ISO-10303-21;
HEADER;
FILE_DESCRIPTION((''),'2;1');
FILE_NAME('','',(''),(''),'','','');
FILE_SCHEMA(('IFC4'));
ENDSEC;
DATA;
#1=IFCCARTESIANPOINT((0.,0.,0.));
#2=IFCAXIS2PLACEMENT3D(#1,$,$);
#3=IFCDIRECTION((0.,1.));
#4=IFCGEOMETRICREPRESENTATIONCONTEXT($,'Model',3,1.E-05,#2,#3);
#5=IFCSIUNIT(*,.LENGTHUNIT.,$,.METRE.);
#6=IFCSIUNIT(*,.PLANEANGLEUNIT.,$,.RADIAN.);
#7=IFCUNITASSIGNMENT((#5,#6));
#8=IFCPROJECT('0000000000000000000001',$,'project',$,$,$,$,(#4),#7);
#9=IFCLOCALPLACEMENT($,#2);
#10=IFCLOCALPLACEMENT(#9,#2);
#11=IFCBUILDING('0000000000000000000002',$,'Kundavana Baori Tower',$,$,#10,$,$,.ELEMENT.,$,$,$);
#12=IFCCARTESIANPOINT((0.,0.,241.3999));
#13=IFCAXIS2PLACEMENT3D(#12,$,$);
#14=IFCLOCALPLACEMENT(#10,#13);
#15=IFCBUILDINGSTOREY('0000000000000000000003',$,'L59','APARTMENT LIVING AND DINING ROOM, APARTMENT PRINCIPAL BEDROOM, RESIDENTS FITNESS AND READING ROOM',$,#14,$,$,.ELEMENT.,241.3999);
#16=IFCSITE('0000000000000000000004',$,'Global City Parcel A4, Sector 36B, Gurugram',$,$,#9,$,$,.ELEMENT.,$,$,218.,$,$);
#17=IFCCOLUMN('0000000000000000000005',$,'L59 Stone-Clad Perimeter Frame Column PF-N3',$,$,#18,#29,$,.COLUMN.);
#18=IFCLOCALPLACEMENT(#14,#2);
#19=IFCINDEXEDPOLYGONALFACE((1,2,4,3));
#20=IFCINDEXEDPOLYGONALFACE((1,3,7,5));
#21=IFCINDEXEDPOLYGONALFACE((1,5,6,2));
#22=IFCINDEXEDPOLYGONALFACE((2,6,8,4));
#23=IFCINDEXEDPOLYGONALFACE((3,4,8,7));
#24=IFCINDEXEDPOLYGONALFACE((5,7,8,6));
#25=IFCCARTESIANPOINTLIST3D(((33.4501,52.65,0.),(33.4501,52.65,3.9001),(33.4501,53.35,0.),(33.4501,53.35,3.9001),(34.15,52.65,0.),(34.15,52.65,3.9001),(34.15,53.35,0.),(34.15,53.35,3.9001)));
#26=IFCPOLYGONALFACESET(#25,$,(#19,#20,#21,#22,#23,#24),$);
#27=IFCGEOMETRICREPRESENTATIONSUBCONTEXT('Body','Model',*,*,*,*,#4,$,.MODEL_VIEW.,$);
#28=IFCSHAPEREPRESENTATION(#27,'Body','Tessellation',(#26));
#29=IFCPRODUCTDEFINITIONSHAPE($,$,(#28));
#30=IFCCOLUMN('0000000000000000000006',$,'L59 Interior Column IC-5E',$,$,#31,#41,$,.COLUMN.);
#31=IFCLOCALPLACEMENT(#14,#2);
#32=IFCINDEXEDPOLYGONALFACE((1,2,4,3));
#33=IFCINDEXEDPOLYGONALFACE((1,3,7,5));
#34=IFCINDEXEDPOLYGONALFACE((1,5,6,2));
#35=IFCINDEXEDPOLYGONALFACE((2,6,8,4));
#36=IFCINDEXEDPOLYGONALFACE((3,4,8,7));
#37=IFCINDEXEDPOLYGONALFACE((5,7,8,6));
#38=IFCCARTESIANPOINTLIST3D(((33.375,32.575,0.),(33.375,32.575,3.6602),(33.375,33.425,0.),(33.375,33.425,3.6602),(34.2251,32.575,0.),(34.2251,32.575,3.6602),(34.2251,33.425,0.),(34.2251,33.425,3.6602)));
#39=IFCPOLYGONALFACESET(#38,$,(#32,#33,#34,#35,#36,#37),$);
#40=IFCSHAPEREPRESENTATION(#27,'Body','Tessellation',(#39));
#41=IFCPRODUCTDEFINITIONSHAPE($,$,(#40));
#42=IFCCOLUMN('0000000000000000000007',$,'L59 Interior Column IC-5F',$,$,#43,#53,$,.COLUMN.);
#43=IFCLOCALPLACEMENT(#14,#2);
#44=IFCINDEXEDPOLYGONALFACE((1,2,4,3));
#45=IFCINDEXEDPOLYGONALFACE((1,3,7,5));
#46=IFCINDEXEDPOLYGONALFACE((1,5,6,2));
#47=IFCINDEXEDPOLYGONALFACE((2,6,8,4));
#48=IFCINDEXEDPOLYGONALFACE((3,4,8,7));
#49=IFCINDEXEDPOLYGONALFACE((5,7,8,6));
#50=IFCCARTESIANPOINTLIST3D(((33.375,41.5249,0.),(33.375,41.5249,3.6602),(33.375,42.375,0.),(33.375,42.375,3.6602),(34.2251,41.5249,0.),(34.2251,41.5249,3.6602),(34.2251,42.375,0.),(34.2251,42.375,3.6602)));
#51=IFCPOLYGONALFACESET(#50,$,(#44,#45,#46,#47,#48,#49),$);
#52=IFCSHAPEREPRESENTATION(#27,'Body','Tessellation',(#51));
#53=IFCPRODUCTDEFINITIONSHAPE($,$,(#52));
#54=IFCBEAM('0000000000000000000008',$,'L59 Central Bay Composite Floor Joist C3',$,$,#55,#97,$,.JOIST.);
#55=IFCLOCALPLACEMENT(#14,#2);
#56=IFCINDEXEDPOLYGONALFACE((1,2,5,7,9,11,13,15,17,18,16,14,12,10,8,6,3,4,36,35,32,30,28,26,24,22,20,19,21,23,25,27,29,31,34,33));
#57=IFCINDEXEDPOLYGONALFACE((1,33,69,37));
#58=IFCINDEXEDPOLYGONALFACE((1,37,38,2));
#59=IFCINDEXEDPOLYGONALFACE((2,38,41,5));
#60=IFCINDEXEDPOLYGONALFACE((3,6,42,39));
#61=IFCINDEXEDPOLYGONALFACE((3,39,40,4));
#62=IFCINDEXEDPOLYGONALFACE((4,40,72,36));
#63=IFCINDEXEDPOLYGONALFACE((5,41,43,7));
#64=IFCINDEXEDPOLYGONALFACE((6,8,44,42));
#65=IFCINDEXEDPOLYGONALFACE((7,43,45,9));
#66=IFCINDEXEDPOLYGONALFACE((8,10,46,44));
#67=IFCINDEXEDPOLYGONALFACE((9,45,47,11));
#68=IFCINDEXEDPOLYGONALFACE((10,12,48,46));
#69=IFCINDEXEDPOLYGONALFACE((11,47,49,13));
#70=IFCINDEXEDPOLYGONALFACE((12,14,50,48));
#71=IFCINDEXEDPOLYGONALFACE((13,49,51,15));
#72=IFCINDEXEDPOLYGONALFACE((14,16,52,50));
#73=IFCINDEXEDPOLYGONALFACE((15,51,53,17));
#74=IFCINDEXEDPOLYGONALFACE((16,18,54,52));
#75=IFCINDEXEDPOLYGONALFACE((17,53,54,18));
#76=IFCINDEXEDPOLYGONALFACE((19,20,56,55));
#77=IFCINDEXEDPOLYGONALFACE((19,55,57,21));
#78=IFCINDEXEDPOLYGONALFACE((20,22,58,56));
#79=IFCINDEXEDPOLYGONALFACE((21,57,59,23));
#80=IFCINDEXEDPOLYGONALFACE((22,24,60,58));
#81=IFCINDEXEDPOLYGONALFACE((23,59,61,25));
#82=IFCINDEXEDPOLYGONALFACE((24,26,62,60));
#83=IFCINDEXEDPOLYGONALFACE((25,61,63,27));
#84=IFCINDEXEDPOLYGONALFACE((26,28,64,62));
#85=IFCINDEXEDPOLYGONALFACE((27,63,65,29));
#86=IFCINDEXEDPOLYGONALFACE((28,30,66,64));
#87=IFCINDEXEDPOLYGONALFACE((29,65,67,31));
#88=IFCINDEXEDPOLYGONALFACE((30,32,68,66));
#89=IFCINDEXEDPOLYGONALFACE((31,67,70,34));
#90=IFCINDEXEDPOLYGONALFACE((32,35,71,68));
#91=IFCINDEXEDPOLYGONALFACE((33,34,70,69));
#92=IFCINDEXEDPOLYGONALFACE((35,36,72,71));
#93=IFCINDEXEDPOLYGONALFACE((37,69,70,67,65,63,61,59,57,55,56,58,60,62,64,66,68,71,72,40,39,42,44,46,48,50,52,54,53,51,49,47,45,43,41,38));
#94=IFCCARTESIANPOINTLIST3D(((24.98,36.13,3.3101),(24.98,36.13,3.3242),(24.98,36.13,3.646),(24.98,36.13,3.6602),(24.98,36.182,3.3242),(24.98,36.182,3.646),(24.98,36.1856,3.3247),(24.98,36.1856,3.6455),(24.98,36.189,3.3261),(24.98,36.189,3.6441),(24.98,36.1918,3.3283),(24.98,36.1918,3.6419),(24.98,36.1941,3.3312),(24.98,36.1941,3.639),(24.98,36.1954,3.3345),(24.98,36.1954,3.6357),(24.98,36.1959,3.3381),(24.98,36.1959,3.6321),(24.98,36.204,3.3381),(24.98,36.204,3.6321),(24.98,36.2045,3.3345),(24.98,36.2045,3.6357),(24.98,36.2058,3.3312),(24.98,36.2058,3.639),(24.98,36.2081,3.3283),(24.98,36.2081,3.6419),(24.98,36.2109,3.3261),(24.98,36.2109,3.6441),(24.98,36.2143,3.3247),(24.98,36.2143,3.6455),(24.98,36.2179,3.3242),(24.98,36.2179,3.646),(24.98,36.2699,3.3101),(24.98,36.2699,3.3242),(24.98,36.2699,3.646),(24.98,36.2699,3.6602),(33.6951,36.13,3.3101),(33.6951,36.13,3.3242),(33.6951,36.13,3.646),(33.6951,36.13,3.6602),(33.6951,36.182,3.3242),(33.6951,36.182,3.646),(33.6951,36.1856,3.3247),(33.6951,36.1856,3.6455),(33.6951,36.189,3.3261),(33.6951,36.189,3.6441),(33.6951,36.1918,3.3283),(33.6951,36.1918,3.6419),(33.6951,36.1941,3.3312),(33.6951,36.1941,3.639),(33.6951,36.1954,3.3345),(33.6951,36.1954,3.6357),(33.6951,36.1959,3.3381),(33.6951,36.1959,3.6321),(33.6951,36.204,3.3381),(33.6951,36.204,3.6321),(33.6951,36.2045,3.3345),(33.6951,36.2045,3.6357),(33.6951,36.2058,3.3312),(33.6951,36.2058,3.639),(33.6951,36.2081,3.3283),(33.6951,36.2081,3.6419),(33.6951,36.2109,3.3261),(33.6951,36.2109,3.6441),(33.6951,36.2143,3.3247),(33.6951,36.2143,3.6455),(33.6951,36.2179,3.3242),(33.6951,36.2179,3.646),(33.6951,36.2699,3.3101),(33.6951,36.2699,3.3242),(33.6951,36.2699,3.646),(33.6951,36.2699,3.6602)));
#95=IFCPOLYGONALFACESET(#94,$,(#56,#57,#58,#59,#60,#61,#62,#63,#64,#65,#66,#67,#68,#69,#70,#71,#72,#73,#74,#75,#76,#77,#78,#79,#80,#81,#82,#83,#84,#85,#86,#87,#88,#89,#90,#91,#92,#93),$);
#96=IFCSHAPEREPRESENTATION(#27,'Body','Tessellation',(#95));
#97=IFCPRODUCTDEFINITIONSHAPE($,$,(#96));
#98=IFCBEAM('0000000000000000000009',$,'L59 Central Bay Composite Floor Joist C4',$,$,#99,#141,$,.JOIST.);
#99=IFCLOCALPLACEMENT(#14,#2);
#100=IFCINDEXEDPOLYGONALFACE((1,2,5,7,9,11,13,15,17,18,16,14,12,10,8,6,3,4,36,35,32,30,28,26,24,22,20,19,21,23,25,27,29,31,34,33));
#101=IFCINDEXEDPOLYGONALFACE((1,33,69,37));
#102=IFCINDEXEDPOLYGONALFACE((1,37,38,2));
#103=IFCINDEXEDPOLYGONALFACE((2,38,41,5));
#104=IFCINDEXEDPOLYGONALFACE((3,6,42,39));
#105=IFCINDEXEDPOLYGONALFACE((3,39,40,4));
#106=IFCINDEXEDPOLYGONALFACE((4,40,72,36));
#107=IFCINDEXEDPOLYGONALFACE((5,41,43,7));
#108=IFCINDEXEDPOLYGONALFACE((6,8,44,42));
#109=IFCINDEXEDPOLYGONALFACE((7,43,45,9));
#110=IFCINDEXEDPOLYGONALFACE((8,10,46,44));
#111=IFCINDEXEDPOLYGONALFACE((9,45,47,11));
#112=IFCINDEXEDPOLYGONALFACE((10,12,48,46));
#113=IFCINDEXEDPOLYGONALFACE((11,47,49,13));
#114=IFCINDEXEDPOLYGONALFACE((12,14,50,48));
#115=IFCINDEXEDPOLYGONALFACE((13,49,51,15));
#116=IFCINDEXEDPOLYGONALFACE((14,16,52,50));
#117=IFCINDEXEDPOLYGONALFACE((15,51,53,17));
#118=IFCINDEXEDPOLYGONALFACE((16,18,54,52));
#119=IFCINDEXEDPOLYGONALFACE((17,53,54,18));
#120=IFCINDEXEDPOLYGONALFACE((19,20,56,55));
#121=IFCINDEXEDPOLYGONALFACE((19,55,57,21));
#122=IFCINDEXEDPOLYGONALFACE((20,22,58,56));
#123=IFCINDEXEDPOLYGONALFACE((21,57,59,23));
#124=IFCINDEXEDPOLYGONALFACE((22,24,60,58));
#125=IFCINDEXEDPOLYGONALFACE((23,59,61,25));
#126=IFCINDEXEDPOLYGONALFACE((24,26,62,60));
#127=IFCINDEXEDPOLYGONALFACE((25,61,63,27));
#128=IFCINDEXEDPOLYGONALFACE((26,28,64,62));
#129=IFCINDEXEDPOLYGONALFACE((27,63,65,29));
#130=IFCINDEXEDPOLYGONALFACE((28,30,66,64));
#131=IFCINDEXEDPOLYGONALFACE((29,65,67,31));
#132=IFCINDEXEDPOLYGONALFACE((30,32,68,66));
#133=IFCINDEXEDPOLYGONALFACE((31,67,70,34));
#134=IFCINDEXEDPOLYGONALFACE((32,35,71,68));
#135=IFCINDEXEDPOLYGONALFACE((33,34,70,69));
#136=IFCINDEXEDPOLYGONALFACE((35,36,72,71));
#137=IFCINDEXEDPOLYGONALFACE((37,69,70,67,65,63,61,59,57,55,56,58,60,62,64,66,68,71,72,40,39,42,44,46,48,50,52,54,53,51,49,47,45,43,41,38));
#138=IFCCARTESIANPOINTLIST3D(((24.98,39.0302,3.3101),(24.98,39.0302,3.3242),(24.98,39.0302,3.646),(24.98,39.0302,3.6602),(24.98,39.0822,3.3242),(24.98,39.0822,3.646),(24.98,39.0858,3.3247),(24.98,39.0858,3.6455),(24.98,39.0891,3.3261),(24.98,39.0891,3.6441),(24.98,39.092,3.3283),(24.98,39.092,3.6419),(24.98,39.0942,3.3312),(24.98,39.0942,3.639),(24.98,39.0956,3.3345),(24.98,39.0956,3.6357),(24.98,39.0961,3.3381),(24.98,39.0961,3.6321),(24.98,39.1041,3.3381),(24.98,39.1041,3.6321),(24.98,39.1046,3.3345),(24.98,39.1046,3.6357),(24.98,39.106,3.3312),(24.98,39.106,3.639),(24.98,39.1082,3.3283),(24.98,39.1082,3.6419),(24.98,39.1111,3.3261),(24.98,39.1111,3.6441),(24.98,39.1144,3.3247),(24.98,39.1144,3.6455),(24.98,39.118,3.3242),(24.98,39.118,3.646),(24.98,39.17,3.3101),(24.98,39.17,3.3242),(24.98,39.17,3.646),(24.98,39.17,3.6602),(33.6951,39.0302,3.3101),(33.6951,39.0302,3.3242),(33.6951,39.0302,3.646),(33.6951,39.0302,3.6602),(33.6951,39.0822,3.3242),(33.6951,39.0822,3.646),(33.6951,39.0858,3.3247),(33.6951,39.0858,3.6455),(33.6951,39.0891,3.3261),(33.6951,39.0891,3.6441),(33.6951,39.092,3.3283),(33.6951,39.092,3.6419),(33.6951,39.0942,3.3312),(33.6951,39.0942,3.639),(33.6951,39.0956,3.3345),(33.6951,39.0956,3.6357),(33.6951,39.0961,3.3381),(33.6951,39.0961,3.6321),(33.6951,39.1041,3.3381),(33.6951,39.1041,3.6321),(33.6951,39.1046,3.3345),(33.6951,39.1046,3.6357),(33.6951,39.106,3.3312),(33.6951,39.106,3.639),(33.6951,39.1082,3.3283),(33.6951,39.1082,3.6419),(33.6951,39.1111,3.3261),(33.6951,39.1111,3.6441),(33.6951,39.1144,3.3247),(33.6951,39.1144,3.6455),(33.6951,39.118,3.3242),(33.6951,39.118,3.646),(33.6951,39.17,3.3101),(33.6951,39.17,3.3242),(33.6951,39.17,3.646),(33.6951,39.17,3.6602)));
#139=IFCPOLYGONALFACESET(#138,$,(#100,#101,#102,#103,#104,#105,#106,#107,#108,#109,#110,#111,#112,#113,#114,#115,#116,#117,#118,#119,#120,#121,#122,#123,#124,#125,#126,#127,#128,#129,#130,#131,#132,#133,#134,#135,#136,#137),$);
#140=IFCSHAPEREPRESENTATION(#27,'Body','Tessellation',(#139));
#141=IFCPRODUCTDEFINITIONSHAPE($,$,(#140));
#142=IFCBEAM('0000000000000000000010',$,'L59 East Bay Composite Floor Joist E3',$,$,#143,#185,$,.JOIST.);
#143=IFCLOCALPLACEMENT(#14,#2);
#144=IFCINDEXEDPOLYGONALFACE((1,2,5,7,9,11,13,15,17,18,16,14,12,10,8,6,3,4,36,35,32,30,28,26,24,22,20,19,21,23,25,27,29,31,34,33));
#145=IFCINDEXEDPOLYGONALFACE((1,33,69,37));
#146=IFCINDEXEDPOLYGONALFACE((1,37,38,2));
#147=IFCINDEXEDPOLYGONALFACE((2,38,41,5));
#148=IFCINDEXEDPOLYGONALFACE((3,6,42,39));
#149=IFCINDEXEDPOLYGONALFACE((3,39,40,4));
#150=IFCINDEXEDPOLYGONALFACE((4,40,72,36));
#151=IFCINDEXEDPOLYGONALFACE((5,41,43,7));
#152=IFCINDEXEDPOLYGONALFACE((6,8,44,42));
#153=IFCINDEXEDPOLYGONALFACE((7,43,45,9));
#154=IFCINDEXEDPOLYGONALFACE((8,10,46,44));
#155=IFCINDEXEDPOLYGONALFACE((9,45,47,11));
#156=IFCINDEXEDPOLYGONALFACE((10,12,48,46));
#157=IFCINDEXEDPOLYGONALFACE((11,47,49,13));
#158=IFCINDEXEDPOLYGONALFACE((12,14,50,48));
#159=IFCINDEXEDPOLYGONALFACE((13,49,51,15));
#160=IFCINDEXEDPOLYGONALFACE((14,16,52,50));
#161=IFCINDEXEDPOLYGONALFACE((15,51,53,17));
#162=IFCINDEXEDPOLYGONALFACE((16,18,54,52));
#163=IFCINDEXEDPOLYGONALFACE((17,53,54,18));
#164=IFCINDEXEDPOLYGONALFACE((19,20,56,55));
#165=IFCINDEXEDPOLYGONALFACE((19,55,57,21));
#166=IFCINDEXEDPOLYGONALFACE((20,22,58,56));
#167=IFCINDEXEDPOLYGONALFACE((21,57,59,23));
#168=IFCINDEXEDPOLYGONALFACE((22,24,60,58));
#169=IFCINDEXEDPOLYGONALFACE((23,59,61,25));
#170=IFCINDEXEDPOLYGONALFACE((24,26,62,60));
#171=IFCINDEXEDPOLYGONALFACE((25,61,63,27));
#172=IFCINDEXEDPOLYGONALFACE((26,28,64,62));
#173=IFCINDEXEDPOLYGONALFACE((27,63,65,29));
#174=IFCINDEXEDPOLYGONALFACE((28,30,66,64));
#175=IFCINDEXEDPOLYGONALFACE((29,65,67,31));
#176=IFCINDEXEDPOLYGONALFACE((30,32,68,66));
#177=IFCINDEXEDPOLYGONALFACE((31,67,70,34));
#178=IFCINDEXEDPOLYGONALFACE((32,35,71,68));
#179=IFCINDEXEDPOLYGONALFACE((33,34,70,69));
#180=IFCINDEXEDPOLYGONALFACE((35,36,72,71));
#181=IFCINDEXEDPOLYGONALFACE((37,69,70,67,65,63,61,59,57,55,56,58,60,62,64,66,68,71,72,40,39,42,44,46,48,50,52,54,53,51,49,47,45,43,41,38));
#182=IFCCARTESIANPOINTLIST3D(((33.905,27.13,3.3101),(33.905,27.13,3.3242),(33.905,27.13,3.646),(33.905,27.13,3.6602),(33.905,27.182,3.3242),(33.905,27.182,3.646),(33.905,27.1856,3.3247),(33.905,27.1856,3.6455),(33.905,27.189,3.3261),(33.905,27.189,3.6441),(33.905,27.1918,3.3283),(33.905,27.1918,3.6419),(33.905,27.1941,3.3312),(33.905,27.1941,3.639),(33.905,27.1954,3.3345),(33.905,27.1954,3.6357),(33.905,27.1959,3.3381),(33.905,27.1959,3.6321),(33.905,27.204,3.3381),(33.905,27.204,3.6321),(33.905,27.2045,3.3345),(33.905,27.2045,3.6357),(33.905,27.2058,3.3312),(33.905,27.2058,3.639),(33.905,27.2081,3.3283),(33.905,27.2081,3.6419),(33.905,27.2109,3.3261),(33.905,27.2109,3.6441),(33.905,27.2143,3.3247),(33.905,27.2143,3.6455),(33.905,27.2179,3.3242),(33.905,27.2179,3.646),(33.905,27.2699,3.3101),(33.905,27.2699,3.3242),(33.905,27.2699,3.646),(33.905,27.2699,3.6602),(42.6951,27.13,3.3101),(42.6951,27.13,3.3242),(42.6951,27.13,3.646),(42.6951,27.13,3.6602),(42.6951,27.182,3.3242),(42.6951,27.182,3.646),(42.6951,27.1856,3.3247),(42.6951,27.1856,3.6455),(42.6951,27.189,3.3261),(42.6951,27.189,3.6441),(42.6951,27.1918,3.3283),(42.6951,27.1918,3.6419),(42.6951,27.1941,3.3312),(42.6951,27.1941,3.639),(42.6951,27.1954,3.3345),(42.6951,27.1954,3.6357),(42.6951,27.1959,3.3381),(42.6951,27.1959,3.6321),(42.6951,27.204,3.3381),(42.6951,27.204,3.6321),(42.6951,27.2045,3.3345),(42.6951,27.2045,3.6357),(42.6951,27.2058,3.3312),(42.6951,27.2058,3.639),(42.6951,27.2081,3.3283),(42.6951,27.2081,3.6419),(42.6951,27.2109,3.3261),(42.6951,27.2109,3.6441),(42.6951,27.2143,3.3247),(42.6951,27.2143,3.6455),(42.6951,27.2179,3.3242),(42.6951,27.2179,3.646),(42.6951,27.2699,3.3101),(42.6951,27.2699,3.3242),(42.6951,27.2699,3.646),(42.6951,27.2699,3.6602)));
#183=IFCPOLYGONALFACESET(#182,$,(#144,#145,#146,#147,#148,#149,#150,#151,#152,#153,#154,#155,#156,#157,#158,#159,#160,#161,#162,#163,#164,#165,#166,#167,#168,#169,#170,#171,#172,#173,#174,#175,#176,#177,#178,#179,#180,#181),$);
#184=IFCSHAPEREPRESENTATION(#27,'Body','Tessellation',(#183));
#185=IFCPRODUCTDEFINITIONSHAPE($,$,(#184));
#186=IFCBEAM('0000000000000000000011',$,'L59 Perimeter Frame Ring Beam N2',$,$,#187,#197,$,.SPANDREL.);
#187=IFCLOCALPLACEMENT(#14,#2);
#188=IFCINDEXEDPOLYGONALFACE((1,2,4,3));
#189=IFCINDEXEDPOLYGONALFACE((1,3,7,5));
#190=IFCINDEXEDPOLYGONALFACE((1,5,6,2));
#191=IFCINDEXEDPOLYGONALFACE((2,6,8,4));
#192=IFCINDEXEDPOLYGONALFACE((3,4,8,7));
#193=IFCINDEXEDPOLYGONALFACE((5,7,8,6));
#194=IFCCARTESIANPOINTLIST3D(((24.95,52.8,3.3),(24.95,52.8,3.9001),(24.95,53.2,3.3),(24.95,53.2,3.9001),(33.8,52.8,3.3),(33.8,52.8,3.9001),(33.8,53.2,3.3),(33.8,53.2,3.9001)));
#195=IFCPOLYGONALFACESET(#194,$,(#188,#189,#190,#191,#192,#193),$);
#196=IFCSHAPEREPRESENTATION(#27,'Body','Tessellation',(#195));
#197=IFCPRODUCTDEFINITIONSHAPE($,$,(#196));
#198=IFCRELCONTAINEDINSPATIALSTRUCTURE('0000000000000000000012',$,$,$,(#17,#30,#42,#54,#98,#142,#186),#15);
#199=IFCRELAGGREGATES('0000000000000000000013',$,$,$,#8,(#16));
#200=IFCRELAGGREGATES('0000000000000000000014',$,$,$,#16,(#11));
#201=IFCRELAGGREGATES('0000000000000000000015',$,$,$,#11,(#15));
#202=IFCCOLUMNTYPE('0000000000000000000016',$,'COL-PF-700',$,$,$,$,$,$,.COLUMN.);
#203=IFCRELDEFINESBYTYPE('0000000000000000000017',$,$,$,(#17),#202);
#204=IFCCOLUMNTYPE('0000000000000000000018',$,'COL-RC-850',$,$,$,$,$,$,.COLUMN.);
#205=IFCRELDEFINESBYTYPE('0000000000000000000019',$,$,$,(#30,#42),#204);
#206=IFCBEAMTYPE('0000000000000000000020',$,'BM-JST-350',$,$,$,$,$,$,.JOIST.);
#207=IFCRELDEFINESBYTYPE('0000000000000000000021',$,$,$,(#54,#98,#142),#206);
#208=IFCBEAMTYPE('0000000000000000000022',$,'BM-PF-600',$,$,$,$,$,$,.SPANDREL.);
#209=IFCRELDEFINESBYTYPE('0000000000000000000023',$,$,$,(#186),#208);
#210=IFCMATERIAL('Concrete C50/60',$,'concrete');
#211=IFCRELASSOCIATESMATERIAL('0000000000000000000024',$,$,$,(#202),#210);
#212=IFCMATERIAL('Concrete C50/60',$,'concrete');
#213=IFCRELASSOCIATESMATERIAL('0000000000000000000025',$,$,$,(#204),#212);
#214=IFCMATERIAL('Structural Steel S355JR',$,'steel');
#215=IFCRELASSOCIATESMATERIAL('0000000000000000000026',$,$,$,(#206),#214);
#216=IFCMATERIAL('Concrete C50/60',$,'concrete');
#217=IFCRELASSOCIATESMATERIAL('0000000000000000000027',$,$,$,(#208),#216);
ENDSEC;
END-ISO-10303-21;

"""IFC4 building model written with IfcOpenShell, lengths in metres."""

from ifc_helpers import new_model, si_unit, direction, frame, origin, origin_2d, place, context, subcontext, project, spatial, rectangle, i_section, extrude, material, material_profile, profile_set, type_object, element, save


model = new_model("IFC4")

# Units and contexts
model_context = context("Model", 3, precision=1e-05, world=origin(), true_north=direction((0.0, 1.0)))
body_context = subcontext(model_context, "Body", "Model", "MODEL_VIEW")
ifc_project = project(units=[si_unit("LENGTHUNIT", "METRE"), si_unit("PLANEANGLEUNIT", "RADIAN")], contexts=[model_context])

# Site, building, storey
site_placement = place(None, origin())
site = spatial("IfcSite", under=ifc_project, at=site_placement, Name="Global City Parcel A4, Sector 36B, Gurugram", CompositionType="ELEMENT", RefElevation=218.0)
building_placement = place(site_placement, origin())
building = spatial("IfcBuilding", under=site, at=building_placement, Name="Kundavana Baori Tower", CompositionType="ELEMENT")
storey_placement = place(building_placement, frame((0.0, 0.0, 241.3999)))
storey = spatial("IfcBuildingStorey", under=building, at=storey_placement, Name="L59", Description="APARTMENT LIVING AND DINING ROOM, APARTMENT PRINCIPAL BEDROOM, RESIDENTS FITNESS AND READING ROOM", CompositionType="ELEMENT", Elevation=241.3999)

# Columns
ifc_material_1 = material(Name="Concrete C50/60", Category="concrete")
ifc_material_profile_1 = material_profile(ifc_material_1, rectangle(XDim=0.7, YDim=0.7, at=origin_2d()), Name="RC PF 700x700")
ifc_profile_set_1 = profile_set([ifc_material_profile_1], Name="Concrete C50/60")
column_type_1 = type_object("IfcColumnType", Name="COL-PF-700", PredefinedType="COLUMN", material=ifc_profile_set_1)
column_placement = place(storey_placement, frame((33.8, 53.0, 0.0), z_axis=(0.0, 0.0, 1.0), x_axis=(1.0, 0.0, 0.0)))
element("IfcColumn", 1, at=column_placement, inside=storey, type_object=column_type_1, Name="L59 Stone-Clad Perimeter Frame Column PF-N3", PredefinedType="COLUMN", context=body_context, shape_type="SweptSolid", body=[
    extrude(rectangle(XDim=0.7, YDim=0.7, at=origin_2d()), origin(), (0.0, 0.0, 1.0), 3.9001),
])
ifc_material_2 = material(Name="Concrete C50/60", Category="concrete")
ifc_material_profile_2 = material_profile(ifc_material_2, rectangle(XDim=0.8501, YDim=0.8501, at=origin_2d()), Name="RC 850x850")
ifc_profile_set_2 = profile_set([ifc_material_profile_2], Name="Concrete C50/60")
column_type_2 = type_object("IfcColumnType", Name="COL-RC-850", PredefinedType="COLUMN", material=ifc_profile_set_2)
for number, where, z_axis, x_axis, name in (
    (2, (33.8, 33.0, 0.0), (0.0, 0.0, 1.0), (1.0, 0.0, 0.0), "L59 Interior Column IC-5E"),
    (3, (33.8, 41.95, 0.0), (0.0, 0.0, 1.0), (1.0, 0.0, 0.0), "L59 Interior Column IC-5F"),
):
    element("IfcColumn", number, at=place(storey_placement, frame(where, z_axis=z_axis, x_axis=x_axis)), inside=storey, type_object=column_type_2, Name=name, PredefinedType="COLUMN", context=body_context, shape_type="SweptSolid", body=[
        extrude(rectangle(XDim=0.8501, YDim=0.8501, at=origin_2d()), origin(), (0.0, 0.0, 1.0), 3.6602),
    ])

# Beams
ifc_material_3 = material(Name="Structural Steel S355JR", Category="steel")
ifc_material_profile_3 = material_profile(ifc_material_3, i_section(OverallWidth=0.1399, OverallDepth=0.3501, WebThickness=0.0081, FlangeThickness=0.0142, FilletRadius=0.0139, at=origin_2d()), Name="ISMB 350")
ifc_profile_set_3 = profile_set([ifc_material_profile_3], Name="Structural Steel S355JR")
beam_type_1 = type_object("IfcBeamType", Name="BM-JST-350", PredefinedType="JOIST", material=ifc_profile_set_3)
for number, where, z_axis, x_axis, name in (
    (4, (24.98, 36.2, 3.4851), (1.0, 0.0, 0.0), (0.0, 1.0, 0.0), "L59 Central Bay Composite Floor Joist C3"),
    (5, (24.98, 39.1001, 3.4851), (1.0, 0.0, 0.0), (0.0, 1.0, 0.0), "L59 Central Bay Composite Floor Joist C4"),
):
    element("IfcBeam", number, at=place(storey_placement, frame(where, z_axis=z_axis, x_axis=x_axis)), inside=storey, type_object=beam_type_1, Name=name, PredefinedType="JOIST", context=body_context, shape_type="SweptSolid", body=[
        extrude(i_section(OverallWidth=0.1399, OverallDepth=0.3501, WebThickness=0.0081, FlangeThickness=0.0142, FilletRadius=0.0139, at=origin_2d()), origin(), (0.0, 0.0, 1.0), 8.7151),
    ])
beam_1_placement = place(storey_placement, frame((33.905, 27.2, 3.4851), z_axis=(1.0, 0.0, 0.0), x_axis=(0.0, 1.0, 0.0)))
element("IfcBeam", 6, at=beam_1_placement, inside=storey, type_object=beam_type_1, Name="L59 East Bay Composite Floor Joist E3", PredefinedType="JOIST", context=body_context, shape_type="SweptSolid", body=[
    extrude(i_section(OverallWidth=0.1399, OverallDepth=0.3501, WebThickness=0.0081, FlangeThickness=0.0142, FilletRadius=0.0139, at=origin_2d()), origin(), (0.0, 0.0, 1.0), 8.79),
])
ifc_material_4 = material(Name="Concrete C50/60", Category="concrete")
ifc_material_profile_4 = material_profile(ifc_material_4, rectangle(XDim=0.3999, YDim=0.6001, at=origin_2d()), Name="RC BM 400x600")
ifc_profile_set_4 = profile_set([ifc_material_profile_4], Name="Concrete C50/60")
beam_type_2 = type_object("IfcBeamType", Name="BM-PF-600", PredefinedType="SPANDREL", material=ifc_profile_set_4)
beam_2_placement = place(storey_placement, frame((24.95, 53.0, 3.6001), z_axis=(1.0, 0.0, 0.0), x_axis=(0.0, 1.0, 0.0)))
element("IfcBeam", 7, at=beam_2_placement, inside=storey, type_object=beam_type_2, Name="L59 Perimeter Frame Ring Beam N2", PredefinedType="SPANDREL", context=body_context, shape_type="SweptSolid", body=[
    extrude(rectangle(XDim=0.3999, YDim=0.6001, at=origin_2d()), origin(), (0.0, 0.0, 1.0), 8.8501),
])

save(model, "model.ifc")
